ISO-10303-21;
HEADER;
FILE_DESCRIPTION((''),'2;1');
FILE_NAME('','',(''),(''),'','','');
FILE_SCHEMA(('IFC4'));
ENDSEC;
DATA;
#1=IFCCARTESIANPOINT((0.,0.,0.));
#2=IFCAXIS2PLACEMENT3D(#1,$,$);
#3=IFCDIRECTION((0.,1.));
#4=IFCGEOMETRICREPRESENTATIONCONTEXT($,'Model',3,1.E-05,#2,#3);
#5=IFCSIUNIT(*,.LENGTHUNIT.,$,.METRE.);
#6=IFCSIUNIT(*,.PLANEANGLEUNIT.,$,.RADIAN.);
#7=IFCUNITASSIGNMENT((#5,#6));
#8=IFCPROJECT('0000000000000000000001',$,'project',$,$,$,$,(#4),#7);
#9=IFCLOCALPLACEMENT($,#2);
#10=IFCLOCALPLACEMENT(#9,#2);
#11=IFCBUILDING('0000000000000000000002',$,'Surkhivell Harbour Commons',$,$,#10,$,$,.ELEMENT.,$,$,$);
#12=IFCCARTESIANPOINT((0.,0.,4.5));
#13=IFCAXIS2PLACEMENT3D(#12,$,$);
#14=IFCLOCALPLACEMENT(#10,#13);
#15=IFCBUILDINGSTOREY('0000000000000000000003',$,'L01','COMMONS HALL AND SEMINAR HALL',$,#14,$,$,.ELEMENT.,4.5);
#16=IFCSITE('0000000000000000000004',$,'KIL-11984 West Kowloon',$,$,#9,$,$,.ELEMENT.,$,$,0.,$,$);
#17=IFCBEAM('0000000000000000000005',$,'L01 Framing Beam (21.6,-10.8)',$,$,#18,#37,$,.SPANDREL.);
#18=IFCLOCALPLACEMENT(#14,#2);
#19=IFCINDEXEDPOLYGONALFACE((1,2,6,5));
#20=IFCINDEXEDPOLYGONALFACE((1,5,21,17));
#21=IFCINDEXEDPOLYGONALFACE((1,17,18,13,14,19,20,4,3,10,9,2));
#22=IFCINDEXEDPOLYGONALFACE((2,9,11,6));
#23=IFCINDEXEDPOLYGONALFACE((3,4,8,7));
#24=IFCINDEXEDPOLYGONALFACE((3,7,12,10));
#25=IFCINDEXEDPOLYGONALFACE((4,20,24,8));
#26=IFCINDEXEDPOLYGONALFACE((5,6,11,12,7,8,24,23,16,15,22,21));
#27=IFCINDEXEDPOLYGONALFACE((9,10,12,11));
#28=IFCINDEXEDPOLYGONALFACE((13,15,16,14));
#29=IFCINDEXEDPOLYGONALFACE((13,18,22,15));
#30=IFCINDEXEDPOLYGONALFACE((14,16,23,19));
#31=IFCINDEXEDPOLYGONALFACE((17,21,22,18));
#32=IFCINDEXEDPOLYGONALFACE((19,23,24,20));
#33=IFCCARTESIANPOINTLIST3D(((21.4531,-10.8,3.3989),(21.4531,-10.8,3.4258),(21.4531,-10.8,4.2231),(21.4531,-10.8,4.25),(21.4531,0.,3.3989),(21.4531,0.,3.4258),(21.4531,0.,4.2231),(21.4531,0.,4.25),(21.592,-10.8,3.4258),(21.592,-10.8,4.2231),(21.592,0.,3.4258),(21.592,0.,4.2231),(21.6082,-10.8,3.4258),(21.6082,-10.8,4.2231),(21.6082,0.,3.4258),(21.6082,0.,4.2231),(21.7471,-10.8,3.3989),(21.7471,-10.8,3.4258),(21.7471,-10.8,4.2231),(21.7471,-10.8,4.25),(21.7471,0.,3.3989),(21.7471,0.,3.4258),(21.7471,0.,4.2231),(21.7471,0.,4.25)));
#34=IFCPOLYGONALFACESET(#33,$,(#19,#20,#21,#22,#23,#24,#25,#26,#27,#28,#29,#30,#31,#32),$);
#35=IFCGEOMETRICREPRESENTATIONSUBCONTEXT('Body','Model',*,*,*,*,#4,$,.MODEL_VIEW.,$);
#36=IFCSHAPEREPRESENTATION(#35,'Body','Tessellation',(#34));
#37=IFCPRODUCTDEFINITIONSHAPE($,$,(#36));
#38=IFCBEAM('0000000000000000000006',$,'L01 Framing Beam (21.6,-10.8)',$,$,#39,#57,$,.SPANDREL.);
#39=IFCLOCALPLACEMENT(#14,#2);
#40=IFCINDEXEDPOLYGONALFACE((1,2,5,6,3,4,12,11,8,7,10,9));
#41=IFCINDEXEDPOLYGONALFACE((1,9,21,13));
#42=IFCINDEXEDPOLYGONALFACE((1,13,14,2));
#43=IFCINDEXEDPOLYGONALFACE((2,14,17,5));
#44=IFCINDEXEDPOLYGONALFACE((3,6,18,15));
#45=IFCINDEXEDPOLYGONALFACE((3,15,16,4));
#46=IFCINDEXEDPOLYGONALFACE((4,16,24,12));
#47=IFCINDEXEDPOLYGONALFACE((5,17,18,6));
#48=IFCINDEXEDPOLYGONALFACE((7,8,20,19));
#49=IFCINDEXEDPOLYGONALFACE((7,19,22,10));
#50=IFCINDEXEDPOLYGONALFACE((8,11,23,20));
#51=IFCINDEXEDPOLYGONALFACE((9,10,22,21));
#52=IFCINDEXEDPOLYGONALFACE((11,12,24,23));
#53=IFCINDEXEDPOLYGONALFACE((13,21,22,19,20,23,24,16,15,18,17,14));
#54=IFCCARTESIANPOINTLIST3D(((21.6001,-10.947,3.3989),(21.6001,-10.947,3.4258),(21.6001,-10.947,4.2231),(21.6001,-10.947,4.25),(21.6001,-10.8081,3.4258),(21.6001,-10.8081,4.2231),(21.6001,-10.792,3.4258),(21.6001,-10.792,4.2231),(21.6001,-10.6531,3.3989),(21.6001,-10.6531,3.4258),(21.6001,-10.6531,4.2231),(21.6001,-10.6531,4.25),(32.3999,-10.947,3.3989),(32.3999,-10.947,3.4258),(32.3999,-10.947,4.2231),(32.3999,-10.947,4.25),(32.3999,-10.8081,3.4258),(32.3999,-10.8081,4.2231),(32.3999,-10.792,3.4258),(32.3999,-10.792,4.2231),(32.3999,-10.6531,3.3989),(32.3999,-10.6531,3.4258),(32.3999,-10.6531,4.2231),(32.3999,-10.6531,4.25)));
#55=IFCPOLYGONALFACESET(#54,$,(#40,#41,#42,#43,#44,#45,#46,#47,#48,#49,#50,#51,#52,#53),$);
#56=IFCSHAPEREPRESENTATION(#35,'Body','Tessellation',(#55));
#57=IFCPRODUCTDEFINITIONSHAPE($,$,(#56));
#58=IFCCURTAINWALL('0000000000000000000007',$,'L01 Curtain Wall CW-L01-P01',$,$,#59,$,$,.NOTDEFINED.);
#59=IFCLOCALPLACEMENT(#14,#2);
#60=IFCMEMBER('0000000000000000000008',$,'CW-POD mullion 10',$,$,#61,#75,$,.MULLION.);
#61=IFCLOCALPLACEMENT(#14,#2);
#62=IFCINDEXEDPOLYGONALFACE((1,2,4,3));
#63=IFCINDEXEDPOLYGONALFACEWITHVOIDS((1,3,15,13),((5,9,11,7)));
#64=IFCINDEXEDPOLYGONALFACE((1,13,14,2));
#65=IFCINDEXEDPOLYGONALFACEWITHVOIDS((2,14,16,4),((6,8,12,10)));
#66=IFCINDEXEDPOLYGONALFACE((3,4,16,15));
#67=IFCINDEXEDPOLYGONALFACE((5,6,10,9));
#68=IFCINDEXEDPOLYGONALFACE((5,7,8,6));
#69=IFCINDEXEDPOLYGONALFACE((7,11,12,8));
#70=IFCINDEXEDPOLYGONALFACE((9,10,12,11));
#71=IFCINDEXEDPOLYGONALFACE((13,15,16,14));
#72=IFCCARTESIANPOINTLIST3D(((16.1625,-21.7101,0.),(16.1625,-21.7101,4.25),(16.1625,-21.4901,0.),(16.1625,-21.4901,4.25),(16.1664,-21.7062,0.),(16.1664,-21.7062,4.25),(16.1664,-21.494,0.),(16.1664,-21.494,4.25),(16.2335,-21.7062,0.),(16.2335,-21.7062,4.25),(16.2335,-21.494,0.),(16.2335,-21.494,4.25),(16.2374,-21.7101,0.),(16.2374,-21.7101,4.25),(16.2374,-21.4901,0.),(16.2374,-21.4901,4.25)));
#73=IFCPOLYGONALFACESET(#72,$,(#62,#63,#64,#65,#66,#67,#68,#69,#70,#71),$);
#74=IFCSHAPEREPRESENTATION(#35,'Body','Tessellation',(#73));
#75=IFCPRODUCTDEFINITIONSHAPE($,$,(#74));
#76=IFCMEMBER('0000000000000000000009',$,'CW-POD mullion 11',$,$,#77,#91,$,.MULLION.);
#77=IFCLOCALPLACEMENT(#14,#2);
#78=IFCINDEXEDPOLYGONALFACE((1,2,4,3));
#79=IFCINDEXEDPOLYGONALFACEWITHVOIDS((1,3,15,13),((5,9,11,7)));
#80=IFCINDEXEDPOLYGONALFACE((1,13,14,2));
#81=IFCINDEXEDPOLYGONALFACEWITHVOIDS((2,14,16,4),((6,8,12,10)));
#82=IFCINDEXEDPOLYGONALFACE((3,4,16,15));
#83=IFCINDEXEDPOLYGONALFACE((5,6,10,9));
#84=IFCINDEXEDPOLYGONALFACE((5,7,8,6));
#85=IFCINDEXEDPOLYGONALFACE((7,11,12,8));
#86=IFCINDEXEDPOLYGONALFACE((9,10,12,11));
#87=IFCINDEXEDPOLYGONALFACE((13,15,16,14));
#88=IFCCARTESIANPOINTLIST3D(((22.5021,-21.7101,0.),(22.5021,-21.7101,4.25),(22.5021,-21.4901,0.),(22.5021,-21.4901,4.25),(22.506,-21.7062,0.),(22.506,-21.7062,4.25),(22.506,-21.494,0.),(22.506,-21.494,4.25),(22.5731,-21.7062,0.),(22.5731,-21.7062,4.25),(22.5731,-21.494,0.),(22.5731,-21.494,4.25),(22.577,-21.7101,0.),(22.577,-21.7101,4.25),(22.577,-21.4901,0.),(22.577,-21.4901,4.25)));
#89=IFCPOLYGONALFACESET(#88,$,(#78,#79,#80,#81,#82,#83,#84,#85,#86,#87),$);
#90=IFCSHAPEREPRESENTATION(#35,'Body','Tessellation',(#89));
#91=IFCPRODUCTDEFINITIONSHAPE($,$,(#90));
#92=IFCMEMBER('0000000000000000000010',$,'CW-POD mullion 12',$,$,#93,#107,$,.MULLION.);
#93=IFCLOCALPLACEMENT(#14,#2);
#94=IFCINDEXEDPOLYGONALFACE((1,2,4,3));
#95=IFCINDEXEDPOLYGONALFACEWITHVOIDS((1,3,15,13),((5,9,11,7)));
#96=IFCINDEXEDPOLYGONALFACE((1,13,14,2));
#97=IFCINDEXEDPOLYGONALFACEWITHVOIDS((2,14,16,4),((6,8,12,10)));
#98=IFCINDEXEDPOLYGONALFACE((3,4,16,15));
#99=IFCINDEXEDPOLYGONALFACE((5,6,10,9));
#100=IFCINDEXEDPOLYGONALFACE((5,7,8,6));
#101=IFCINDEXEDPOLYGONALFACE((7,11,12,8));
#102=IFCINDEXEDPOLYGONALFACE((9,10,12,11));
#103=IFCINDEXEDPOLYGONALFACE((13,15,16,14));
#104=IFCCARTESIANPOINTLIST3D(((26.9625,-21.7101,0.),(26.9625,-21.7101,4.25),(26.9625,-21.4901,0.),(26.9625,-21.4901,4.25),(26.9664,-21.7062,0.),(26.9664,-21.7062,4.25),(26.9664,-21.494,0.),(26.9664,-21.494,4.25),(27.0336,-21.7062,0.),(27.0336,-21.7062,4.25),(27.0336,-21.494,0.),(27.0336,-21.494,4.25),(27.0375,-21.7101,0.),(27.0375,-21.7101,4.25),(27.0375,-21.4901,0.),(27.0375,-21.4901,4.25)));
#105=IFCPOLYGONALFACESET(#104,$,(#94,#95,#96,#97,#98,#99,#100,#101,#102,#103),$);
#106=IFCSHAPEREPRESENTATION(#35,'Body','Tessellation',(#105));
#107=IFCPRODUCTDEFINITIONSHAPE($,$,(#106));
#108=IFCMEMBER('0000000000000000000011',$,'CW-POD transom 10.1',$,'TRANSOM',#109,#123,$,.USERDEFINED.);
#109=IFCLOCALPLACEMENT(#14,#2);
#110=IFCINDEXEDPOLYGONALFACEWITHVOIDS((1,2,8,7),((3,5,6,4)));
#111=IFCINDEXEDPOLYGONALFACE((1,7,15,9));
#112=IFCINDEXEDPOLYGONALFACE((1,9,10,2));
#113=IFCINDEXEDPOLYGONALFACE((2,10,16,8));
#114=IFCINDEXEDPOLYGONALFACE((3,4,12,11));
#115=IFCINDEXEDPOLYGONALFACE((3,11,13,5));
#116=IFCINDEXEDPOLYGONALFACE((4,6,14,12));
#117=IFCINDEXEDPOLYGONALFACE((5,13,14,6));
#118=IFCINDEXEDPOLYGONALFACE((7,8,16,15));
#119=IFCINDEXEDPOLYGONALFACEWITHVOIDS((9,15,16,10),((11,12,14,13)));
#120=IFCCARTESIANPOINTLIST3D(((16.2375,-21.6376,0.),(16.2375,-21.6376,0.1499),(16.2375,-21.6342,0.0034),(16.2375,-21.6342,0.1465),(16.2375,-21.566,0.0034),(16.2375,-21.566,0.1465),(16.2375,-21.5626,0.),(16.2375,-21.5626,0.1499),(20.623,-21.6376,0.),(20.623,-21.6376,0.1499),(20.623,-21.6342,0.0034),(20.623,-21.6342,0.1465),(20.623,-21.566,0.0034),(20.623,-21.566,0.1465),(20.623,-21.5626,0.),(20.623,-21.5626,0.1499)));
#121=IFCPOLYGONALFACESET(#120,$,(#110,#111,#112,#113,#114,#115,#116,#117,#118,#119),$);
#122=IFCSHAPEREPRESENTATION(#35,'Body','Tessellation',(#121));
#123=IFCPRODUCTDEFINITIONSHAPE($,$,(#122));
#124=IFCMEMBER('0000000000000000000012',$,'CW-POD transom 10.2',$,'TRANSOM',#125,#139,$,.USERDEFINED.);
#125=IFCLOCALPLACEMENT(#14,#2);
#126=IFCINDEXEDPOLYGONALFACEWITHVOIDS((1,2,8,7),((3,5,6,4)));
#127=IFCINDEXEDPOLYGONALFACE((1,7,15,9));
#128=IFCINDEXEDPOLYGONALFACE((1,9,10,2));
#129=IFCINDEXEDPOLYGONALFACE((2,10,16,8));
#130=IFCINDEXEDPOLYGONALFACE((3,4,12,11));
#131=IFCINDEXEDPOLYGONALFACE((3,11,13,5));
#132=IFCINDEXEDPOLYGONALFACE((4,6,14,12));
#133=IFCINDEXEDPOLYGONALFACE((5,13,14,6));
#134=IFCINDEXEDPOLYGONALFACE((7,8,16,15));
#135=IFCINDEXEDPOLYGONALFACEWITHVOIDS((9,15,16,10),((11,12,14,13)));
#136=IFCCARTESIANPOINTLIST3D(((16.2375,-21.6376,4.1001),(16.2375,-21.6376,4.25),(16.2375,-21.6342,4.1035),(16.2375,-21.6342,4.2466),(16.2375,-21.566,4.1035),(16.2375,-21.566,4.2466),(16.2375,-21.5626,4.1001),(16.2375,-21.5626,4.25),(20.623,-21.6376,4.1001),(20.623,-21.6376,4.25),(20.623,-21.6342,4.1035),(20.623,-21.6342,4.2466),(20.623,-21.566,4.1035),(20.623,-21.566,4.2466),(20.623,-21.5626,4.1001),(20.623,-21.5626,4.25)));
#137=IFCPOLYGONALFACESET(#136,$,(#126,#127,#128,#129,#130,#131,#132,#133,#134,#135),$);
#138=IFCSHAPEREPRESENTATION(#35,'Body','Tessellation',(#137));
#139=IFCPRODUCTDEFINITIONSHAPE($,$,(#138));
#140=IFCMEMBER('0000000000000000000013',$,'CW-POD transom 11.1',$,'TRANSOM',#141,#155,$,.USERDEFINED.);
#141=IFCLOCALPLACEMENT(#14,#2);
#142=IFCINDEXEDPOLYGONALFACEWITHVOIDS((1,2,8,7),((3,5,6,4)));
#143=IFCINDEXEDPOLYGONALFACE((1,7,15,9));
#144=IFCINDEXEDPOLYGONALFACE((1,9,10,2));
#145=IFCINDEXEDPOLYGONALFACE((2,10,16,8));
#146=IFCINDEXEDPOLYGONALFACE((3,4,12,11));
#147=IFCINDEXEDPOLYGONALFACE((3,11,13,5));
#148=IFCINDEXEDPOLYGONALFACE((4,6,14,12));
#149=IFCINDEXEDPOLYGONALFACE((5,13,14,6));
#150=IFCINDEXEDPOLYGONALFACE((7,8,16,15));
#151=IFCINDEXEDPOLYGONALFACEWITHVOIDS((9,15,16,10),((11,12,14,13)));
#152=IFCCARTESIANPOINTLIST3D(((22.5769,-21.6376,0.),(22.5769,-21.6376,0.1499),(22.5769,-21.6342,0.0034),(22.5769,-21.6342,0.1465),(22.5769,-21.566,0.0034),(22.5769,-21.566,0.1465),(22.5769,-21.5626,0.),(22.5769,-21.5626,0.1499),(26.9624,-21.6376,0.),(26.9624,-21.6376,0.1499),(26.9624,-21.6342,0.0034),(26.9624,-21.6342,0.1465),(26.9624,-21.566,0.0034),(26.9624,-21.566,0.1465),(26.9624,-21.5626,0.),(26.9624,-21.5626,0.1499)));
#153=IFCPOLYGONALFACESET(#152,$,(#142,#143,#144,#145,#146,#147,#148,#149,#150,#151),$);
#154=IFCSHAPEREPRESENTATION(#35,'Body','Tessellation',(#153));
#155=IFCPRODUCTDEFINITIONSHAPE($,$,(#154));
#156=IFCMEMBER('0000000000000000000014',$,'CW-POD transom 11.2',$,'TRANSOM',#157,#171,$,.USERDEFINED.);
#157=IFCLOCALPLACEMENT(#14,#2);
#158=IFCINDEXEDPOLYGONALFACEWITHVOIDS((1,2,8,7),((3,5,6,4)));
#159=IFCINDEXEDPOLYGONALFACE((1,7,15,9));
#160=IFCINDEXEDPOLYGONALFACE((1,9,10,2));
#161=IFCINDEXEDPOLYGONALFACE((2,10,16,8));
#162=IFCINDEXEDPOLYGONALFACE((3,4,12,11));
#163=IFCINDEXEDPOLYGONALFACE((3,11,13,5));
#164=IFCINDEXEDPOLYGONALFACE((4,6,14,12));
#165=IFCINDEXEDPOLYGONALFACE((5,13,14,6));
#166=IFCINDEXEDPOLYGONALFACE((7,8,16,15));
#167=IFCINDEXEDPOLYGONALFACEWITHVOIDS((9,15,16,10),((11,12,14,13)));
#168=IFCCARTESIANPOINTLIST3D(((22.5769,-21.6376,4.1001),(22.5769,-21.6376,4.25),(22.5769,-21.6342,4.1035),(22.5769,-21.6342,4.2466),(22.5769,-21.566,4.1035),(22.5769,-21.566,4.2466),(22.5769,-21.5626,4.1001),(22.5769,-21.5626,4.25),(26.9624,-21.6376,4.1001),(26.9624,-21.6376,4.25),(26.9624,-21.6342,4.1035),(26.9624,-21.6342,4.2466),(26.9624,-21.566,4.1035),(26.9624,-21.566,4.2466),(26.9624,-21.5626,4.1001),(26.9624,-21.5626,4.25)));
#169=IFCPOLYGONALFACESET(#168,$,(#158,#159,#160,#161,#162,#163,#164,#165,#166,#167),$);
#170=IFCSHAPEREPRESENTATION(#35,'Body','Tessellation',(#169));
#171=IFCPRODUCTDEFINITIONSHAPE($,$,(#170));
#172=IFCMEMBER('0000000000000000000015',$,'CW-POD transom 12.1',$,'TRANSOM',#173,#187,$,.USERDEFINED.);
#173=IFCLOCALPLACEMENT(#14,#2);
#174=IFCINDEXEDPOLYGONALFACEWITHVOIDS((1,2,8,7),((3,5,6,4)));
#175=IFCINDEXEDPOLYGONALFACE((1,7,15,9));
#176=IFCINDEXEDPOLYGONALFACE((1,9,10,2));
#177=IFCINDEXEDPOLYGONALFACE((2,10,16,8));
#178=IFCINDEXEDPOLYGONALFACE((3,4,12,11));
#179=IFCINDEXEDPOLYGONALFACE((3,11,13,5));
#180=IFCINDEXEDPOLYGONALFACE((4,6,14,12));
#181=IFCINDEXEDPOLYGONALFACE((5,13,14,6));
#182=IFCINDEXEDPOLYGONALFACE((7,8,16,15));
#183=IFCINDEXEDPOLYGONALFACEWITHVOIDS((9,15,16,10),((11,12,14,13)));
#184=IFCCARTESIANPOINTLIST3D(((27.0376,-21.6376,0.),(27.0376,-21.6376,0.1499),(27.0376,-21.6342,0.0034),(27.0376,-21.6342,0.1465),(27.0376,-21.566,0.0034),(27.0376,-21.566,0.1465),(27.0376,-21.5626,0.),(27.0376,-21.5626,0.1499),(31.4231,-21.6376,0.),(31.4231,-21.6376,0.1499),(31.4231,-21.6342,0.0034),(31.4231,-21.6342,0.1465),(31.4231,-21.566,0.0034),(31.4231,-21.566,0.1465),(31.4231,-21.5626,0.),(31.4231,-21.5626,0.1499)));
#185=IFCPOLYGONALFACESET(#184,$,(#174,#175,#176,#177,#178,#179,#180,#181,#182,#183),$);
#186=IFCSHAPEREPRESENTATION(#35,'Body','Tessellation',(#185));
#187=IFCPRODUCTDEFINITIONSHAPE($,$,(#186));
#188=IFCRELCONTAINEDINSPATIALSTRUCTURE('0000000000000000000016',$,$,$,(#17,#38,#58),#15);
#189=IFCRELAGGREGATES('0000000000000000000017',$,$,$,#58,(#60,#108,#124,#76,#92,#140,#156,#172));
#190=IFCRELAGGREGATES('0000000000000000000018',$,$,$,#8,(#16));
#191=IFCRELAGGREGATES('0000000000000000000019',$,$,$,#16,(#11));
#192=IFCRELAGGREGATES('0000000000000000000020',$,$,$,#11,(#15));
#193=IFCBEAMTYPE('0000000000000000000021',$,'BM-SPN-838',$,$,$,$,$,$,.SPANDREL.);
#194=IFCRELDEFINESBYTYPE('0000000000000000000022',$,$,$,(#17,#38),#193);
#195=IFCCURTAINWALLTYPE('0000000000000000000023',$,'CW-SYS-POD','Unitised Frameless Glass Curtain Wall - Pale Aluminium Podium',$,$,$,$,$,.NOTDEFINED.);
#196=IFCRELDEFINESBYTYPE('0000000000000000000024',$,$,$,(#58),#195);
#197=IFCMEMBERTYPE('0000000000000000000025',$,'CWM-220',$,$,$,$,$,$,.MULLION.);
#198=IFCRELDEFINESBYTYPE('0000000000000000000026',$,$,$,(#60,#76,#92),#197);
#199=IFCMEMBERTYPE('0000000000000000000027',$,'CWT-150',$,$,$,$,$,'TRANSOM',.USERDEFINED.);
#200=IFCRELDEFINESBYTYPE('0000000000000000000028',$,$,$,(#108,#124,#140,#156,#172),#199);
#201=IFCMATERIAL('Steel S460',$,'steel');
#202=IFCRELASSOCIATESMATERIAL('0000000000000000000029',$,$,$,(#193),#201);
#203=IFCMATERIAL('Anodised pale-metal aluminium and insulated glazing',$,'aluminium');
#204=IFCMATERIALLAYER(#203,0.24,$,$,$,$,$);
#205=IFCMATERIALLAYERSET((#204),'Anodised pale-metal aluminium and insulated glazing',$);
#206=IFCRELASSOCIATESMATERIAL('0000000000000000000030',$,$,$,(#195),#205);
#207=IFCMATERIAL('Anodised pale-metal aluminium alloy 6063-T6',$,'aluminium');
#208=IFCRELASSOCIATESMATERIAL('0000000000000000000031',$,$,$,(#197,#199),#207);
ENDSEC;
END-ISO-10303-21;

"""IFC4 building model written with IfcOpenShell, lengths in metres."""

from ifc_helpers import new_model, si_unit, direction, frame, origin, origin_2d, place, context, subcontext, project, spatial, hollow_rectangle, i_section, extrude, material, layer, layer_set, material_profile, profile_set, type_object, element, aggregate, save


model = new_model("IFC4")

# Units and contexts
model_context = context("Model", 3, precision=1e-05, world=origin(), true_north=direction((0.0, 1.0)))
body_context = subcontext(model_context, "Body", "Model", "MODEL_VIEW")
ifc_project = project(units=[si_unit("LENGTHUNIT", "METRE"), si_unit("PLANEANGLEUNIT", "RADIAN")], contexts=[model_context])

# Site, building, storey
site_placement = place(None, origin())
site = spatial("IfcSite", under=ifc_project, at=site_placement, Name="KIL-11984 West Kowloon", CompositionType="ELEMENT", RefElevation=0.0)
building_placement = place(site_placement, origin())
building = spatial("IfcBuilding", under=site, at=building_placement, Name="Surkhivell Harbour Commons", CompositionType="ELEMENT")
storey_placement = place(building_placement, frame((0.0, 0.0, 4.5)))
storey = spatial("IfcBuildingStorey", under=building, at=storey_placement, Name="L01", Description="COMMONS HALL AND SEMINAR HALL", CompositionType="ELEMENT", Elevation=4.5)

# Beams
ifc_material_1 = material(Name="Steel S460", Category="steel")
ifc_material_profile_1 = material_profile(ifc_material_1, i_section(OverallWidth=0.2939, OverallDepth=0.8511, WebThickness=0.0161, FlangeThickness=0.0269, at=origin_2d()), Name="UB838x292x226")
ifc_profile_set_1 = profile_set([ifc_material_profile_1], Name="Steel S460")
beam_type = type_object("IfcBeamType", Name="BM-SPN-838", PredefinedType="SPANDREL", material=ifc_profile_set_1)
beam_1_placement = place(storey_placement, frame((21.6001, -10.8, 3.8245), z_axis=(0.0, 1.0, 0.0), x_axis=(-1.0, 0.0, 0.0)))
element("IfcBeam", 1, at=beam_1_placement, inside=storey, type_object=beam_type, Name="L01 Framing Beam (21.6,-10.8)", PredefinedType="SPANDREL", context=body_context, shape_type="SweptSolid", body=[
    extrude(i_section(OverallWidth=0.2939, OverallDepth=0.8511, WebThickness=0.0161, FlangeThickness=0.0269, at=origin_2d()), origin(), (0.0, 0.0, 1.0), 10.8),
])
beam_2_placement = place(storey_placement, frame((21.6001, -10.8, 3.8245), z_axis=(1.0, 0.0, 0.0), x_axis=(0.0, 1.0, 0.0)))
element("IfcBeam", 2, at=beam_2_placement, inside=storey, type_object=beam_type, Name="L01 Framing Beam (21.6,-10.8)", PredefinedType="SPANDREL", context=body_context, shape_type="SweptSolid", body=[
    extrude(i_section(OverallWidth=0.2939, OverallDepth=0.8511, WebThickness=0.0161, FlangeThickness=0.0269, at=origin_2d()), origin(), (0.0, 0.0, 1.0), 10.7998),
])

# Curtain wall, members
ifc_material_2 = material(Name="Anodised pale-metal aluminium and insulated glazing", Category="aluminium")
ifc_layer_1 = layer(ifc_material_2, 0.24)
ifc_layer_set_1 = layer_set([ifc_layer_1], Name="Anodised pale-metal aluminium and insulated glazing")
curtain_wall_type = type_object("IfcCurtainWallType", Name="CW-SYS-POD", Description="Unitised Frameless Glass Curtain Wall - Pale Aluminium Podium", PredefinedType="NOTDEFINED", material=ifc_layer_set_1)
curtain_wall_placement = place(storey_placement, origin())
curtain_wall = element("IfcCurtainWall", 3, at=curtain_wall_placement, inside=storey, type_object=curtain_wall_type, Name="L01 Curtain Wall CW-L01-P01", PredefinedType="NOTDEFINED")
ifc_material_3 = material(Name="Anodised pale-metal aluminium alloy 6063-T6", Category="aluminium")
ifc_material_profile_2 = material_profile(ifc_material_3, hollow_rectangle(XDim=0.075, YDim=0.22, WallThickness=0.0039, at=origin_2d()), Name="ALU-MULL-75x220")
ifc_profile_set_2 = profile_set([ifc_material_profile_2], Name="Anodised pale-metal aluminium alloy 6063-T6")
member_type_1 = type_object("IfcMemberType", Name="CWM-220", PredefinedType="MULLION", material=ifc_profile_set_2)
member_1_placement = place(storey_placement, frame((16.2, -21.6001, 0.0), z_axis=(0.0, 0.0, 1.0), x_axis=(1.0, 0.0, 0.0)))
member_1 = element("IfcMember", 4, at=member_1_placement, type_object=member_type_1, Name="CW-POD mullion 10", PredefinedType="MULLION", context=body_context, shape_type="SweptSolid", body=[
    extrude(hollow_rectangle(XDim=0.075, YDim=0.22, WallThickness=0.0039, at=origin_2d()), origin(), (0.0, 0.0, 1.0), 4.25),
])
member_2_placement = place(storey_placement, frame((22.5396, -21.6001, 0.0), z_axis=(0.0, 0.0, 1.0), x_axis=(1.0, 0.0, 0.0)))
member_2 = element("IfcMember", 5, at=member_2_placement, type_object=member_type_1, Name="CW-POD mullion 11", PredefinedType="MULLION", context=body_context, shape_type="SweptSolid", body=[
    extrude(hollow_rectangle(XDim=0.075, YDim=0.22, WallThickness=0.0039, at=origin_2d()), origin(), (0.0, 0.0, 1.0), 4.25),
])
member_3_placement = place(storey_placement, frame((27.0, -21.6001, 0.0), z_axis=(0.0, 0.0, 1.0), x_axis=(1.0, 0.0, 0.0)))
member_3 = element("IfcMember", 6, at=member_3_placement, type_object=member_type_1, Name="CW-POD mullion 12", PredefinedType="MULLION", context=body_context, shape_type="SweptSolid", body=[
    extrude(hollow_rectangle(XDim=0.075, YDim=0.22, WallThickness=0.0039, at=origin_2d()), origin(), (0.0, 0.0, 1.0), 4.25),
])
ifc_material_profile_3 = material_profile(ifc_material_3, hollow_rectangle(XDim=0.075, YDim=0.1499, WallThickness=0.0034, at=origin_2d()), Name="ALU-TRAN-75x150")
ifc_profile_set_3 = profile_set([ifc_material_profile_3], Name="Anodised pale-metal aluminium alloy 6063-T6")
member_type_2 = type_object("IfcMemberType", Name="CWT-150", ElementType="TRANSOM", PredefinedType="USERDEFINED", material=ifc_profile_set_3)
member_4_placement = place(storey_placement, frame((16.2375, -21.6001, 0.075), z_axis=(1.0, 0.0, 0.0), x_axis=(0.0, 1.0, 0.0)))
member_4 = element("IfcMember", 7, at=member_4_placement, type_object=member_type_2, Name="CW-POD transom 10.1", ObjectType="TRANSOM", PredefinedType="USERDEFINED", context=body_context, shape_type="SweptSolid", body=[
    extrude(hollow_rectangle(XDim=0.075, YDim=0.1499, WallThickness=0.0034, at=origin_2d()), origin(), (0.0, 0.0, 1.0), 4.3855),
])
member_5_placement = place(storey_placement, frame((16.2375, -21.6001, 4.175), z_axis=(1.0, 0.0, 0.0), x_axis=(0.0, 1.0, 0.0)))
member_5 = element("IfcMember", 8, at=member_5_placement, type_object=member_type_2, Name="CW-POD transom 10.2", ObjectType="TRANSOM", PredefinedType="USERDEFINED", context=body_context, shape_type="SweptSolid", body=[
    extrude(hollow_rectangle(XDim=0.075, YDim=0.1499, WallThickness=0.0034, at=origin_2d()), origin(), (0.0, 0.0, 1.0), 4.3855),
])
member_6_placement = place(storey_placement, frame((22.5769, -21.6001, 0.075), z_axis=(1.0, 0.0, 0.0), x_axis=(0.0, 1.0, 0.0)))
member_6 = element("IfcMember", 9, at=member_6_placement, type_object=member_type_2, Name="CW-POD transom 11.1", ObjectType="TRANSOM", PredefinedType="USERDEFINED", context=body_context, shape_type="SweptSolid", body=[
    extrude(hollow_rectangle(XDim=0.075, YDim=0.1499, WallThickness=0.0034, at=origin_2d()), origin(), (0.0, 0.0, 1.0), 4.3855),
])
member_7_placement = place(storey_placement, frame((22.5769, -21.6001, 4.175), z_axis=(1.0, 0.0, 0.0), x_axis=(0.0, 1.0, 0.0)))
member_7 = element("IfcMember", 10, at=member_7_placement, type_object=member_type_2, Name="CW-POD transom 11.2", ObjectType="TRANSOM", PredefinedType="USERDEFINED", context=body_context, shape_type="SweptSolid", body=[
    extrude(hollow_rectangle(XDim=0.075, YDim=0.1499, WallThickness=0.0034, at=origin_2d()), origin(), (0.0, 0.0, 1.0), 4.3855),
])
member_8_placement = place(storey_placement, frame((27.0376, -21.6001, 0.075), z_axis=(1.0, 0.0, 0.0), x_axis=(0.0, 1.0, 0.0)))
member_8 = element("IfcMember", 11, at=member_8_placement, type_object=member_type_2, Name="CW-POD transom 12.1", ObjectType="TRANSOM", PredefinedType="USERDEFINED", context=body_context, shape_type="SweptSolid", body=[
    extrude(hollow_rectangle(XDim=0.075, YDim=0.1499, WallThickness=0.0034, at=origin_2d()), origin(), (0.0, 0.0, 1.0), 4.3855),
])
aggregate(curtain_wall, [member_1, member_4, member_5, member_2, member_3, member_6, member_7, member_8])

save(model, "model.ifc")
